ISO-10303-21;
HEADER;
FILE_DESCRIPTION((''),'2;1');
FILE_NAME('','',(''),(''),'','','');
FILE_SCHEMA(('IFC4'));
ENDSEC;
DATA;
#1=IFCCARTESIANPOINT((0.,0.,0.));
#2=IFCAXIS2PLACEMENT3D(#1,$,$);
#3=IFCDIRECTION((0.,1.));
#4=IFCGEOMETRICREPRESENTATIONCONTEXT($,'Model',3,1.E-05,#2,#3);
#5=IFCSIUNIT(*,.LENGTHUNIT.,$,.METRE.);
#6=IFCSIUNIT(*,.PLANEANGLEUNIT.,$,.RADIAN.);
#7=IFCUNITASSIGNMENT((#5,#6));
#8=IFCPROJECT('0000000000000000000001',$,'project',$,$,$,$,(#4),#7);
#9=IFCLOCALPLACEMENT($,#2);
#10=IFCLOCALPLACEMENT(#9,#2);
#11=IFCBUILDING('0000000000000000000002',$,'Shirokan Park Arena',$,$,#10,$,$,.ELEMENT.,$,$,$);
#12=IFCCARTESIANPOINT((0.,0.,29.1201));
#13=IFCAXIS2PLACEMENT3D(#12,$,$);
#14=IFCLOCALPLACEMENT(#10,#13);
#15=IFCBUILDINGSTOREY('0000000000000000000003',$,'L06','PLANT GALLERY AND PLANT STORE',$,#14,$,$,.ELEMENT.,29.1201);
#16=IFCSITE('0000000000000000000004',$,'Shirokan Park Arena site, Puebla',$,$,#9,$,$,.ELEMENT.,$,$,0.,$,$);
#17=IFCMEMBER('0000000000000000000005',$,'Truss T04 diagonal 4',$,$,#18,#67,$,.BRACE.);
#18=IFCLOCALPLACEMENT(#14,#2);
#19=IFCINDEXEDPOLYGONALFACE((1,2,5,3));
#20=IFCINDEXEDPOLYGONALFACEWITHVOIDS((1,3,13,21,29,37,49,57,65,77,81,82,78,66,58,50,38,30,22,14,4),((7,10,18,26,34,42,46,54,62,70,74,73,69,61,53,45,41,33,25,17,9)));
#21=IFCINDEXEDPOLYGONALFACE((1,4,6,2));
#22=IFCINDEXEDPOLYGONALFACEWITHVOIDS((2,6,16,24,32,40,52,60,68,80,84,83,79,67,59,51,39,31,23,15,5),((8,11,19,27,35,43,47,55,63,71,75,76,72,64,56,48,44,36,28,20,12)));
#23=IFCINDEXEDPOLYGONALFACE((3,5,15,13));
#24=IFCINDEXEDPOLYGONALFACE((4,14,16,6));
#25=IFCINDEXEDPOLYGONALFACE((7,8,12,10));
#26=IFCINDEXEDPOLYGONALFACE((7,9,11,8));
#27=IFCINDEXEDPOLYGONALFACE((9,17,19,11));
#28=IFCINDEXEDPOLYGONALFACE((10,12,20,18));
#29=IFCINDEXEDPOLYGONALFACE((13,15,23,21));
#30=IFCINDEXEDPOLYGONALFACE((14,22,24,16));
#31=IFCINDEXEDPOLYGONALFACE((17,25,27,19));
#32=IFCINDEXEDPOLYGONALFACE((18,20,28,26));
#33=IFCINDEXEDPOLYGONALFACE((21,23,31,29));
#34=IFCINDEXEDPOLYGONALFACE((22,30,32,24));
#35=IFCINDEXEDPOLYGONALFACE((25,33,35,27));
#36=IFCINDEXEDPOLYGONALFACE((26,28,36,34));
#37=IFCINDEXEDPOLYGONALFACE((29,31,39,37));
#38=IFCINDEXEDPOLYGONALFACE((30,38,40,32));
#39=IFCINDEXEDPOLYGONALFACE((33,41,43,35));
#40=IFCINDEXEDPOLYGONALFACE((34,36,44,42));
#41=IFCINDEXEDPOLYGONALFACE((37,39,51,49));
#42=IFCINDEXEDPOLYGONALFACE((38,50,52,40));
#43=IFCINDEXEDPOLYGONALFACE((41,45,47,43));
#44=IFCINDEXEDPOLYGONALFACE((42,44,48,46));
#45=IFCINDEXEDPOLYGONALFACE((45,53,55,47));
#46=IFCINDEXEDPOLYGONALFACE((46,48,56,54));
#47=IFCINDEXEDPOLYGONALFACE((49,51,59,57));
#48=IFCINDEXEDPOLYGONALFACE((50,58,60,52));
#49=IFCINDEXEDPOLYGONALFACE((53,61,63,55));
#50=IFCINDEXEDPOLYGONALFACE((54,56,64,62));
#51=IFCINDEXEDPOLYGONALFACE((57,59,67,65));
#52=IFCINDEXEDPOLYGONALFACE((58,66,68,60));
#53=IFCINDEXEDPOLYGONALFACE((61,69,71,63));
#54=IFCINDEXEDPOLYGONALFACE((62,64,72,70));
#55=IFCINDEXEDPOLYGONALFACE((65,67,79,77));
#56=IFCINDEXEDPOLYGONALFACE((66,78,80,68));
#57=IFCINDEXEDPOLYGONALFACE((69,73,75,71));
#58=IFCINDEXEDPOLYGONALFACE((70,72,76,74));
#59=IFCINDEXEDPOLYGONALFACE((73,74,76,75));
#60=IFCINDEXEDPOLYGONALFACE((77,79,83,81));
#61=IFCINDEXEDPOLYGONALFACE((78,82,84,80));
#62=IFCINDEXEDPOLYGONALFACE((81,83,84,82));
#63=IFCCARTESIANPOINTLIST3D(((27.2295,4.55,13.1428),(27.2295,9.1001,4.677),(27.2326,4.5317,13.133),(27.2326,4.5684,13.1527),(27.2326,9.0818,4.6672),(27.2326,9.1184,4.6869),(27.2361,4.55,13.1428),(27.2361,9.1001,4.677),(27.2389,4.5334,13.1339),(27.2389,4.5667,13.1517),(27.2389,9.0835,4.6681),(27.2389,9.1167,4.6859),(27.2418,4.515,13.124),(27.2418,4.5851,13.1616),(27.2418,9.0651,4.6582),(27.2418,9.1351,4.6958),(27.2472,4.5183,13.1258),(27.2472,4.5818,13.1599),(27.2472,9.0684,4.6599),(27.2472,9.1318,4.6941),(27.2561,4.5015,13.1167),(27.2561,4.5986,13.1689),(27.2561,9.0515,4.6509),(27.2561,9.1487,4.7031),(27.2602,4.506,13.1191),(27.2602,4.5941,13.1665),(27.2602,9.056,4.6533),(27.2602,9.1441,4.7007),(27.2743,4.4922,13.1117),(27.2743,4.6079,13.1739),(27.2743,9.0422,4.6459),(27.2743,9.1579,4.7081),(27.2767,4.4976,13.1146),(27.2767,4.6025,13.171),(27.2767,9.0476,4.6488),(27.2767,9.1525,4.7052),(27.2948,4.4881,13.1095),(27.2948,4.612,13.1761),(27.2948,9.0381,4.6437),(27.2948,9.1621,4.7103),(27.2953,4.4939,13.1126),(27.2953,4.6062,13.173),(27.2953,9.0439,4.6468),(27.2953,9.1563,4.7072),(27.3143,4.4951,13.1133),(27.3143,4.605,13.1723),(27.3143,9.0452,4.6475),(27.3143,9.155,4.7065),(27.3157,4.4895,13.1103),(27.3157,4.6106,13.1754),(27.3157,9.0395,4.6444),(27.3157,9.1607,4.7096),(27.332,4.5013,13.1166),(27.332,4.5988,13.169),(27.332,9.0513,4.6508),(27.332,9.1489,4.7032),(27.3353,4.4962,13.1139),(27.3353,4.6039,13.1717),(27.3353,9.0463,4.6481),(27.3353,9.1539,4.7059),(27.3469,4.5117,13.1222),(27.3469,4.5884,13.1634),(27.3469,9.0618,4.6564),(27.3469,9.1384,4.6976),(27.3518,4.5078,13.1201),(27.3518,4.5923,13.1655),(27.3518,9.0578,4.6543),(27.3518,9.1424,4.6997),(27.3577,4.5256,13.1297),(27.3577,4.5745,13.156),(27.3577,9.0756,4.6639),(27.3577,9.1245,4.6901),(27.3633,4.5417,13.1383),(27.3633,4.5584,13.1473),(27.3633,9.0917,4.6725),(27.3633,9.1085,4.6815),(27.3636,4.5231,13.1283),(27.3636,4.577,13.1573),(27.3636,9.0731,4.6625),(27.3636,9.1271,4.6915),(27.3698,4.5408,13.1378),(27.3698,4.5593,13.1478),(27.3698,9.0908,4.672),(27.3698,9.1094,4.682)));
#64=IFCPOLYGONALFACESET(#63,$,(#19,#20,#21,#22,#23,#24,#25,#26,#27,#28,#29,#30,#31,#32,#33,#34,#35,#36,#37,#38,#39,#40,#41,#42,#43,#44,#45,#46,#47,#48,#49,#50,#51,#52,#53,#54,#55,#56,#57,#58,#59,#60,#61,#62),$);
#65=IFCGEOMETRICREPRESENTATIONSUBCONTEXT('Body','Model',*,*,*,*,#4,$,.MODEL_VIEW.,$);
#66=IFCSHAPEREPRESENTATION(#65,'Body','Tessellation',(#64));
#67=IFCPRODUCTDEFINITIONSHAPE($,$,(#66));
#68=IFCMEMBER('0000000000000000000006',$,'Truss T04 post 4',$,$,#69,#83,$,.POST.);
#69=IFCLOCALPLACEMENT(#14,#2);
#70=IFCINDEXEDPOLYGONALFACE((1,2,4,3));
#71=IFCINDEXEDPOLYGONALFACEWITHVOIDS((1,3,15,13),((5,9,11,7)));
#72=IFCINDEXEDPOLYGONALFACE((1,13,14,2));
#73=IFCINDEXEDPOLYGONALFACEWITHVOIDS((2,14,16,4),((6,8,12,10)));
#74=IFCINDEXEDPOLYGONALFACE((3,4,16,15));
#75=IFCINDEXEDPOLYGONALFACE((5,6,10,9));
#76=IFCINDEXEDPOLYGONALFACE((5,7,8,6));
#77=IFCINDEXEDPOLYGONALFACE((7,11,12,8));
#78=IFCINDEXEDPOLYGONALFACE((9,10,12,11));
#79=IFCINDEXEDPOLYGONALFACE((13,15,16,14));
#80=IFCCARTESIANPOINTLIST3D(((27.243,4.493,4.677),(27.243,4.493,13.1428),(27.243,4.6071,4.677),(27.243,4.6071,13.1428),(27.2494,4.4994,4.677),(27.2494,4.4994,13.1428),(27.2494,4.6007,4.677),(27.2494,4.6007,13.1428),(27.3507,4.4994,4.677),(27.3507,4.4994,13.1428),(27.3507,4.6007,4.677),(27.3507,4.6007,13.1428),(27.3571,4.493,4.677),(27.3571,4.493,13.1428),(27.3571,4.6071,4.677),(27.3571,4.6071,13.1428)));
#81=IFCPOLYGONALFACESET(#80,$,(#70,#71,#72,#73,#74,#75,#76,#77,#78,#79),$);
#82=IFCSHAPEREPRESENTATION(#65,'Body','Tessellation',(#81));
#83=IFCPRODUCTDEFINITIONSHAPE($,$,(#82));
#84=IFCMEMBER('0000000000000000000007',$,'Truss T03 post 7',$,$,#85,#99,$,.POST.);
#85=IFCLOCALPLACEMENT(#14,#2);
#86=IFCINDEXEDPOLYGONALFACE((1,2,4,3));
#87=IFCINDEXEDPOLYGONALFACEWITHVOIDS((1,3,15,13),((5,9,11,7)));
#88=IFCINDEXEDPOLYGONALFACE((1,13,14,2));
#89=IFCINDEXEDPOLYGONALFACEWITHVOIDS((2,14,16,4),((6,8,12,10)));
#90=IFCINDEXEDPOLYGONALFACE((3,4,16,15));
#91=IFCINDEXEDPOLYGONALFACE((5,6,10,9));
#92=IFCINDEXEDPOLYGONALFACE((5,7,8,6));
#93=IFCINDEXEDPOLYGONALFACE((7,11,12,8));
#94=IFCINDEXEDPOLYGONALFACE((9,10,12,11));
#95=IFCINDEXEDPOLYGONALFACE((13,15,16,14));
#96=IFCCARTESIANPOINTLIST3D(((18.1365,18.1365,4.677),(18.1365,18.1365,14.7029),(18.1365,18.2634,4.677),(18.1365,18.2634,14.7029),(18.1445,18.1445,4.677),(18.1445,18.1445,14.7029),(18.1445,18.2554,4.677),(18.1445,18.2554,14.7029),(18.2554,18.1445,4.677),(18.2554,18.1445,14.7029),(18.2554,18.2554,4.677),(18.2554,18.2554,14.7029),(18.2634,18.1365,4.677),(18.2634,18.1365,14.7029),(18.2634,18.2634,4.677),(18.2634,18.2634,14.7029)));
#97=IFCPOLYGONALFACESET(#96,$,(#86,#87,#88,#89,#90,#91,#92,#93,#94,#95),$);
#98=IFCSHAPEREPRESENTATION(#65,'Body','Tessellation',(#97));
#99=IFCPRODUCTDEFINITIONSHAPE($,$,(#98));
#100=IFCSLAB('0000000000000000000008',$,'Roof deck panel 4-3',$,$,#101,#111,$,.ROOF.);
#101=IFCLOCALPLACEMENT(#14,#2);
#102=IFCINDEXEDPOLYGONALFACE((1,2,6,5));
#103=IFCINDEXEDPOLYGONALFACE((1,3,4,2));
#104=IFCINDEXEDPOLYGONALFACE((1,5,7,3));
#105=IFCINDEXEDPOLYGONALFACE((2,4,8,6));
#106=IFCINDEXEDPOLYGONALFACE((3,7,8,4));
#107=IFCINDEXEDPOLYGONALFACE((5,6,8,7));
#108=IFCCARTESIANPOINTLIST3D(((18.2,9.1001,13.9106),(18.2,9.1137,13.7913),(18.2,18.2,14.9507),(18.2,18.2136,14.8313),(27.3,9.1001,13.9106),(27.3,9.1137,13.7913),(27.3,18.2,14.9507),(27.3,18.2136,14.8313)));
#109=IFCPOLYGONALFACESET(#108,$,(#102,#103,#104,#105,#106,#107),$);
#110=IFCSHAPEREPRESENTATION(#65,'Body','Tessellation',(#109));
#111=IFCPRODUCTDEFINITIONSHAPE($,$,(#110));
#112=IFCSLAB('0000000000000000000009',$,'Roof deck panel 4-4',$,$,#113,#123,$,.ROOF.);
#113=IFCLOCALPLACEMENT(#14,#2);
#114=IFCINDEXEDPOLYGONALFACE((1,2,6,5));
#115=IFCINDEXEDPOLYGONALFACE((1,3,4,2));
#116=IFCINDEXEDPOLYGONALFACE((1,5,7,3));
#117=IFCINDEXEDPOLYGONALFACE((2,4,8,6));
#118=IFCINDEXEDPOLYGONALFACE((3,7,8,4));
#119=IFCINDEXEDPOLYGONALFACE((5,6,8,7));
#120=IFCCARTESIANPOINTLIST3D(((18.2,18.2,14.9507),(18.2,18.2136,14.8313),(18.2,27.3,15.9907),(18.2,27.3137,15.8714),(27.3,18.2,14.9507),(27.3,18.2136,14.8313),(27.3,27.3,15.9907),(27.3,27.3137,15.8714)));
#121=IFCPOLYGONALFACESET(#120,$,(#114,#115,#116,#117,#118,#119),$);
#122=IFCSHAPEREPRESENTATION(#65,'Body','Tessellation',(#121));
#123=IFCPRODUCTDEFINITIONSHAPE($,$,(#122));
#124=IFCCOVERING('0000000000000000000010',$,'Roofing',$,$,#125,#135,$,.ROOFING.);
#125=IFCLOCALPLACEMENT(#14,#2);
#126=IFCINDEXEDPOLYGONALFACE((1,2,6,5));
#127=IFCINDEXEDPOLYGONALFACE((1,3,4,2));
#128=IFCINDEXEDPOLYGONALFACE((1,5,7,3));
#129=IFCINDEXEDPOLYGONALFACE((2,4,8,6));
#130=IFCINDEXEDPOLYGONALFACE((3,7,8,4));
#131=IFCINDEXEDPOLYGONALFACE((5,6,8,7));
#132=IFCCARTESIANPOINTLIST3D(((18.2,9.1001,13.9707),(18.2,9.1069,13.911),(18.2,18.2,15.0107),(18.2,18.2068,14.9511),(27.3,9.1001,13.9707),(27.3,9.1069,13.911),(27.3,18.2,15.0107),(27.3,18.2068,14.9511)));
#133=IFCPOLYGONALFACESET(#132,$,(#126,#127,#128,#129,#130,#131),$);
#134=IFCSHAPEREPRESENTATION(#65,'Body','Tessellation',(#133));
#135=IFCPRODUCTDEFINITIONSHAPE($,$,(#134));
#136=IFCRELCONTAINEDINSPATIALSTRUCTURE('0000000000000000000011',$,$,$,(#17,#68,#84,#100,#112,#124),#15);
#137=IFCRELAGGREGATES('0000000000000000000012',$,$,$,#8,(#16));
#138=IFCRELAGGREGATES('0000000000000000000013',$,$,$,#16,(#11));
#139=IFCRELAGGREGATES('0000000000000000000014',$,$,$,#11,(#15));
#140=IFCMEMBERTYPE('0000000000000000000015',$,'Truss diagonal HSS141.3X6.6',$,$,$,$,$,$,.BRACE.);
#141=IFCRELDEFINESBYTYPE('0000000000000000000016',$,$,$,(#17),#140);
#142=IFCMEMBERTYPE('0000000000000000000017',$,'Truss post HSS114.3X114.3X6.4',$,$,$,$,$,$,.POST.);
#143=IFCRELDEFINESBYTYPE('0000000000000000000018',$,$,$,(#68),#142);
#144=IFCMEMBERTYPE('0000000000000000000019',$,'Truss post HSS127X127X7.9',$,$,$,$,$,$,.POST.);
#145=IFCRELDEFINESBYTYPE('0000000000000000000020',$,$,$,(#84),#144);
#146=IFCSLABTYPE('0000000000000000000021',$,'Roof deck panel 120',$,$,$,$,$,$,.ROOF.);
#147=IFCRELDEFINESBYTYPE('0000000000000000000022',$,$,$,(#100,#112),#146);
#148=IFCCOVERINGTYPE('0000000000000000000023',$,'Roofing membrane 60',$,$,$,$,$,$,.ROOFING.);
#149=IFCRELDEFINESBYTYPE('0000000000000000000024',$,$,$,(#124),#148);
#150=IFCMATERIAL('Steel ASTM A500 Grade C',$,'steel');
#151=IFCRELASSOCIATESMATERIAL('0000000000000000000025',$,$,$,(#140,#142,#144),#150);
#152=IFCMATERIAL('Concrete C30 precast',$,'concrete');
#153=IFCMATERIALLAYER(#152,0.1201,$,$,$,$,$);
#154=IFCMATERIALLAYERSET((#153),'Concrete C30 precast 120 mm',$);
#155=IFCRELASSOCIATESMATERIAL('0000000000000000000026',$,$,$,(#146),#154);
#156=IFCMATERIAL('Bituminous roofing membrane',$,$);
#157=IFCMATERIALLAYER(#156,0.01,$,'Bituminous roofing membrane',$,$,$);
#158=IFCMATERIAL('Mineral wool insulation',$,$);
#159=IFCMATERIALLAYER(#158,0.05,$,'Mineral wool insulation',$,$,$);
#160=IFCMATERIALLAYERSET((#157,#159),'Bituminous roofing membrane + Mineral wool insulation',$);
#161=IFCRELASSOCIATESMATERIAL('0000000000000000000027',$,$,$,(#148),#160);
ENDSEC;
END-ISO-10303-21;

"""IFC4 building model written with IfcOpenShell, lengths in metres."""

from ifc_helpers import new_model, si_unit, direction, frame, origin, origin_2d, place, context, subcontext, project, spatial, polyline, hollow_rectangle, hollow_circle, outline, extrude, material, layer, layer_set, material_profile, profile_set, type_object, element, save


model = new_model("IFC4")

# Units and contexts
model_context = context("Model", 3, precision=1e-05, world=origin(), true_north=direction((0.0, 1.0)))
body_context = subcontext(model_context, "Body", "Model", "MODEL_VIEW")
ifc_project = project(units=[si_unit("LENGTHUNIT", "METRE"), si_unit("PLANEANGLEUNIT", "RADIAN")], contexts=[model_context])

# Site, building, storey
site_placement = place(None, origin())
site = spatial("IfcSite", under=ifc_project, at=site_placement, Name="Shirokan Park Arena site, Puebla", CompositionType="ELEMENT", RefElevation=0.0)
building_placement = place(site_placement, origin())
building = spatial("IfcBuilding", under=site, at=building_placement, Name="Shirokan Park Arena", CompositionType="ELEMENT")
storey_placement = place(building_placement, frame((0.0, 0.0, 29.1201)))
storey = spatial("IfcBuildingStorey", under=building, at=storey_placement, Name="L06", Description="PLANT GALLERY AND PLANT STORE", CompositionType="ELEMENT", Elevation=29.1201)

# Members
ifc_material_1 = material(Name="Steel ASTM A500 Grade C", Category="steel")
ifc_material_profile_1 = material_profile(ifc_material_1, hollow_circle(Radius=0.0706, WallThickness=0.0066, at=origin_2d()), Name="HSS141.3X6.6")
ifc_profile_set_1 = profile_set([ifc_material_profile_1], Name="Steel ASTM A500 Grade C")
member_type_1 = type_object("IfcMemberType", Name="Truss diagonal HSS141.3X6.6", PredefinedType="BRACE", material=ifc_profile_set_1)
member_1_placement = place(storey_placement, frame((27.3, 4.55, 13.1428), z_axis=(0.0, 0.473417, -0.880839), x_axis=(-1.0, 0.0, 0.0)))
element("IfcMember", 1, at=member_1_placement, inside=storey, type_object=member_type_1, Name="Truss T04 diagonal 4", PredefinedType="BRACE", context=body_context, shape_type="SweptSolid", body=[
    extrude(hollow_circle(Radius=0.0706, WallThickness=0.0066, at=origin_2d()), origin(), (0.0, 0.0, 1.0), 9.6111),
])
ifc_material_profile_2 = material_profile(ifc_material_1, hollow_rectangle(XDim=0.114, YDim=0.114, WallThickness=0.0063, at=origin_2d()), Name="HSS114.3X114.3X6.4")
ifc_profile_set_2 = profile_set([ifc_material_profile_2], Name="Steel ASTM A500 Grade C")
member_type_2 = type_object("IfcMemberType", Name="Truss post HSS114.3X114.3X6.4", PredefinedType="POST", material=ifc_profile_set_2)
member_2_placement = place(storey_placement, frame((27.3, 4.55, 4.677), z_axis=(0.0, 0.0, 1.0), x_axis=(1.0, 0.0, 0.0)))
element("IfcMember", 2, at=member_2_placement, inside=storey, type_object=member_type_2, Name="Truss T04 post 4", PredefinedType="POST", context=body_context, shape_type="SweptSolid", body=[
    extrude(hollow_rectangle(XDim=0.114, YDim=0.114, WallThickness=0.0063, at=origin_2d()), origin(), (0.0, 0.0, 1.0), 8.4658),
])
ifc_material_profile_3 = material_profile(ifc_material_1, hollow_rectangle(XDim=0.127, YDim=0.127, WallThickness=0.0081, at=origin_2d()), Name="HSS127X127X7.9")
ifc_profile_set_3 = profile_set([ifc_material_profile_3], Name="Steel ASTM A500 Grade C")
member_type_3 = type_object("IfcMemberType", Name="Truss post HSS127X127X7.9", PredefinedType="POST", material=ifc_profile_set_3)
member_3_placement = place(storey_placement, frame((18.2, 18.2, 4.677), z_axis=(0.0, 0.0, 1.0), x_axis=(1.0, 0.0, 0.0)))
element("IfcMember", 3, at=member_3_placement, inside=storey, type_object=member_type_3, Name="Truss T03 post 7", PredefinedType="POST", context=body_context, shape_type="SweptSolid", body=[
    extrude(hollow_rectangle(XDim=0.127, YDim=0.127, WallThickness=0.0081, at=origin_2d()), origin(), (0.0, 0.0, 1.0), 10.0259),
])

# Slabs
ifc_material_2 = material(Name="Concrete C30 precast", Category="concrete")
ifc_layer_1 = layer(ifc_material_2, 0.1201)
ifc_layer_set_1 = layer_set([ifc_layer_1], Name="Concrete C30 precast 120 mm")
slab_type = type_object("IfcSlabType", Name="Roof deck panel 120", PredefinedType="ROOF", material=ifc_layer_set_1)
slab_1_placement = place(storey_placement, frame((18.2, 9.1001, 13.9106), z_axis=(0.0, -0.113553, 0.993532), x_axis=(1.0, 0.0, 0.0)))
element("IfcSlab", 4, at=slab_1_placement, inside=storey, type_object=slab_type, Name="Roof deck panel 4-3", PredefinedType="ROOF", context=body_context, shape_type="SweptSolid", body=[
    extrude(outline(polyline([(0.0, 0.0), (9.1001, 0.0), (9.1001, 9.1591), (0.0, 9.1591), (0.0, 0.0)])), origin(), (0.0, 0.0, -1.0), 0.1201),
])
slab_2_placement = place(storey_placement, frame((18.2, 18.2, 14.9507), z_axis=(0.0, -0.11355, 0.993532), x_axis=(1.0, 0.0, 0.0)))
element("IfcSlab", 5, at=slab_2_placement, inside=storey, type_object=slab_type, Name="Roof deck panel 4-4", PredefinedType="ROOF", context=body_context, shape_type="SweptSolid", body=[
    extrude(outline(polyline([(0.0, 0.0), (9.1001, 0.0), (9.1001, 9.1593), (0.0, 9.1593), (0.0, 0.0)])), origin(), (0.0, 0.0, -1.0), 0.1201),
])

# Covering
ifc_material_3 = material(Name="Bituminous roofing membrane")
ifc_layer_2 = layer(ifc_material_3, 0.01, Name="Bituminous roofing membrane")
ifc_material_4 = material(Name="Mineral wool insulation")
ifc_layer_3 = layer(ifc_material_4, 0.05, Name="Mineral wool insulation")
ifc_layer_set_2 = layer_set([ifc_layer_2, ifc_layer_3], Name="Bituminous roofing membrane + Mineral wool insulation")
covering_type = type_object("IfcCoveringType", Name="Roofing membrane 60", PredefinedType="ROOFING", material=ifc_layer_set_2)
covering_placement = place(storey_placement, frame((18.2, 9.1001, 13.9707), z_axis=(0.0, -0.113553, 0.993532), x_axis=(1.0, 0.0, 0.0)))
element("IfcCovering", 6, at=covering_placement, inside=storey, type_object=covering_type, Name="Roofing", PredefinedType="ROOFING", context=body_context, shape_type="SweptSolid", body=[
    extrude(outline(polyline([(0.0, 0.0), (9.1001, 0.0), (9.1001, 9.1591), (0.0, 9.1591), (0.0, 0.0)])), origin(), (0.0, 0.0, -1.0), 0.0601),
])

save(model, "model.ifc")
